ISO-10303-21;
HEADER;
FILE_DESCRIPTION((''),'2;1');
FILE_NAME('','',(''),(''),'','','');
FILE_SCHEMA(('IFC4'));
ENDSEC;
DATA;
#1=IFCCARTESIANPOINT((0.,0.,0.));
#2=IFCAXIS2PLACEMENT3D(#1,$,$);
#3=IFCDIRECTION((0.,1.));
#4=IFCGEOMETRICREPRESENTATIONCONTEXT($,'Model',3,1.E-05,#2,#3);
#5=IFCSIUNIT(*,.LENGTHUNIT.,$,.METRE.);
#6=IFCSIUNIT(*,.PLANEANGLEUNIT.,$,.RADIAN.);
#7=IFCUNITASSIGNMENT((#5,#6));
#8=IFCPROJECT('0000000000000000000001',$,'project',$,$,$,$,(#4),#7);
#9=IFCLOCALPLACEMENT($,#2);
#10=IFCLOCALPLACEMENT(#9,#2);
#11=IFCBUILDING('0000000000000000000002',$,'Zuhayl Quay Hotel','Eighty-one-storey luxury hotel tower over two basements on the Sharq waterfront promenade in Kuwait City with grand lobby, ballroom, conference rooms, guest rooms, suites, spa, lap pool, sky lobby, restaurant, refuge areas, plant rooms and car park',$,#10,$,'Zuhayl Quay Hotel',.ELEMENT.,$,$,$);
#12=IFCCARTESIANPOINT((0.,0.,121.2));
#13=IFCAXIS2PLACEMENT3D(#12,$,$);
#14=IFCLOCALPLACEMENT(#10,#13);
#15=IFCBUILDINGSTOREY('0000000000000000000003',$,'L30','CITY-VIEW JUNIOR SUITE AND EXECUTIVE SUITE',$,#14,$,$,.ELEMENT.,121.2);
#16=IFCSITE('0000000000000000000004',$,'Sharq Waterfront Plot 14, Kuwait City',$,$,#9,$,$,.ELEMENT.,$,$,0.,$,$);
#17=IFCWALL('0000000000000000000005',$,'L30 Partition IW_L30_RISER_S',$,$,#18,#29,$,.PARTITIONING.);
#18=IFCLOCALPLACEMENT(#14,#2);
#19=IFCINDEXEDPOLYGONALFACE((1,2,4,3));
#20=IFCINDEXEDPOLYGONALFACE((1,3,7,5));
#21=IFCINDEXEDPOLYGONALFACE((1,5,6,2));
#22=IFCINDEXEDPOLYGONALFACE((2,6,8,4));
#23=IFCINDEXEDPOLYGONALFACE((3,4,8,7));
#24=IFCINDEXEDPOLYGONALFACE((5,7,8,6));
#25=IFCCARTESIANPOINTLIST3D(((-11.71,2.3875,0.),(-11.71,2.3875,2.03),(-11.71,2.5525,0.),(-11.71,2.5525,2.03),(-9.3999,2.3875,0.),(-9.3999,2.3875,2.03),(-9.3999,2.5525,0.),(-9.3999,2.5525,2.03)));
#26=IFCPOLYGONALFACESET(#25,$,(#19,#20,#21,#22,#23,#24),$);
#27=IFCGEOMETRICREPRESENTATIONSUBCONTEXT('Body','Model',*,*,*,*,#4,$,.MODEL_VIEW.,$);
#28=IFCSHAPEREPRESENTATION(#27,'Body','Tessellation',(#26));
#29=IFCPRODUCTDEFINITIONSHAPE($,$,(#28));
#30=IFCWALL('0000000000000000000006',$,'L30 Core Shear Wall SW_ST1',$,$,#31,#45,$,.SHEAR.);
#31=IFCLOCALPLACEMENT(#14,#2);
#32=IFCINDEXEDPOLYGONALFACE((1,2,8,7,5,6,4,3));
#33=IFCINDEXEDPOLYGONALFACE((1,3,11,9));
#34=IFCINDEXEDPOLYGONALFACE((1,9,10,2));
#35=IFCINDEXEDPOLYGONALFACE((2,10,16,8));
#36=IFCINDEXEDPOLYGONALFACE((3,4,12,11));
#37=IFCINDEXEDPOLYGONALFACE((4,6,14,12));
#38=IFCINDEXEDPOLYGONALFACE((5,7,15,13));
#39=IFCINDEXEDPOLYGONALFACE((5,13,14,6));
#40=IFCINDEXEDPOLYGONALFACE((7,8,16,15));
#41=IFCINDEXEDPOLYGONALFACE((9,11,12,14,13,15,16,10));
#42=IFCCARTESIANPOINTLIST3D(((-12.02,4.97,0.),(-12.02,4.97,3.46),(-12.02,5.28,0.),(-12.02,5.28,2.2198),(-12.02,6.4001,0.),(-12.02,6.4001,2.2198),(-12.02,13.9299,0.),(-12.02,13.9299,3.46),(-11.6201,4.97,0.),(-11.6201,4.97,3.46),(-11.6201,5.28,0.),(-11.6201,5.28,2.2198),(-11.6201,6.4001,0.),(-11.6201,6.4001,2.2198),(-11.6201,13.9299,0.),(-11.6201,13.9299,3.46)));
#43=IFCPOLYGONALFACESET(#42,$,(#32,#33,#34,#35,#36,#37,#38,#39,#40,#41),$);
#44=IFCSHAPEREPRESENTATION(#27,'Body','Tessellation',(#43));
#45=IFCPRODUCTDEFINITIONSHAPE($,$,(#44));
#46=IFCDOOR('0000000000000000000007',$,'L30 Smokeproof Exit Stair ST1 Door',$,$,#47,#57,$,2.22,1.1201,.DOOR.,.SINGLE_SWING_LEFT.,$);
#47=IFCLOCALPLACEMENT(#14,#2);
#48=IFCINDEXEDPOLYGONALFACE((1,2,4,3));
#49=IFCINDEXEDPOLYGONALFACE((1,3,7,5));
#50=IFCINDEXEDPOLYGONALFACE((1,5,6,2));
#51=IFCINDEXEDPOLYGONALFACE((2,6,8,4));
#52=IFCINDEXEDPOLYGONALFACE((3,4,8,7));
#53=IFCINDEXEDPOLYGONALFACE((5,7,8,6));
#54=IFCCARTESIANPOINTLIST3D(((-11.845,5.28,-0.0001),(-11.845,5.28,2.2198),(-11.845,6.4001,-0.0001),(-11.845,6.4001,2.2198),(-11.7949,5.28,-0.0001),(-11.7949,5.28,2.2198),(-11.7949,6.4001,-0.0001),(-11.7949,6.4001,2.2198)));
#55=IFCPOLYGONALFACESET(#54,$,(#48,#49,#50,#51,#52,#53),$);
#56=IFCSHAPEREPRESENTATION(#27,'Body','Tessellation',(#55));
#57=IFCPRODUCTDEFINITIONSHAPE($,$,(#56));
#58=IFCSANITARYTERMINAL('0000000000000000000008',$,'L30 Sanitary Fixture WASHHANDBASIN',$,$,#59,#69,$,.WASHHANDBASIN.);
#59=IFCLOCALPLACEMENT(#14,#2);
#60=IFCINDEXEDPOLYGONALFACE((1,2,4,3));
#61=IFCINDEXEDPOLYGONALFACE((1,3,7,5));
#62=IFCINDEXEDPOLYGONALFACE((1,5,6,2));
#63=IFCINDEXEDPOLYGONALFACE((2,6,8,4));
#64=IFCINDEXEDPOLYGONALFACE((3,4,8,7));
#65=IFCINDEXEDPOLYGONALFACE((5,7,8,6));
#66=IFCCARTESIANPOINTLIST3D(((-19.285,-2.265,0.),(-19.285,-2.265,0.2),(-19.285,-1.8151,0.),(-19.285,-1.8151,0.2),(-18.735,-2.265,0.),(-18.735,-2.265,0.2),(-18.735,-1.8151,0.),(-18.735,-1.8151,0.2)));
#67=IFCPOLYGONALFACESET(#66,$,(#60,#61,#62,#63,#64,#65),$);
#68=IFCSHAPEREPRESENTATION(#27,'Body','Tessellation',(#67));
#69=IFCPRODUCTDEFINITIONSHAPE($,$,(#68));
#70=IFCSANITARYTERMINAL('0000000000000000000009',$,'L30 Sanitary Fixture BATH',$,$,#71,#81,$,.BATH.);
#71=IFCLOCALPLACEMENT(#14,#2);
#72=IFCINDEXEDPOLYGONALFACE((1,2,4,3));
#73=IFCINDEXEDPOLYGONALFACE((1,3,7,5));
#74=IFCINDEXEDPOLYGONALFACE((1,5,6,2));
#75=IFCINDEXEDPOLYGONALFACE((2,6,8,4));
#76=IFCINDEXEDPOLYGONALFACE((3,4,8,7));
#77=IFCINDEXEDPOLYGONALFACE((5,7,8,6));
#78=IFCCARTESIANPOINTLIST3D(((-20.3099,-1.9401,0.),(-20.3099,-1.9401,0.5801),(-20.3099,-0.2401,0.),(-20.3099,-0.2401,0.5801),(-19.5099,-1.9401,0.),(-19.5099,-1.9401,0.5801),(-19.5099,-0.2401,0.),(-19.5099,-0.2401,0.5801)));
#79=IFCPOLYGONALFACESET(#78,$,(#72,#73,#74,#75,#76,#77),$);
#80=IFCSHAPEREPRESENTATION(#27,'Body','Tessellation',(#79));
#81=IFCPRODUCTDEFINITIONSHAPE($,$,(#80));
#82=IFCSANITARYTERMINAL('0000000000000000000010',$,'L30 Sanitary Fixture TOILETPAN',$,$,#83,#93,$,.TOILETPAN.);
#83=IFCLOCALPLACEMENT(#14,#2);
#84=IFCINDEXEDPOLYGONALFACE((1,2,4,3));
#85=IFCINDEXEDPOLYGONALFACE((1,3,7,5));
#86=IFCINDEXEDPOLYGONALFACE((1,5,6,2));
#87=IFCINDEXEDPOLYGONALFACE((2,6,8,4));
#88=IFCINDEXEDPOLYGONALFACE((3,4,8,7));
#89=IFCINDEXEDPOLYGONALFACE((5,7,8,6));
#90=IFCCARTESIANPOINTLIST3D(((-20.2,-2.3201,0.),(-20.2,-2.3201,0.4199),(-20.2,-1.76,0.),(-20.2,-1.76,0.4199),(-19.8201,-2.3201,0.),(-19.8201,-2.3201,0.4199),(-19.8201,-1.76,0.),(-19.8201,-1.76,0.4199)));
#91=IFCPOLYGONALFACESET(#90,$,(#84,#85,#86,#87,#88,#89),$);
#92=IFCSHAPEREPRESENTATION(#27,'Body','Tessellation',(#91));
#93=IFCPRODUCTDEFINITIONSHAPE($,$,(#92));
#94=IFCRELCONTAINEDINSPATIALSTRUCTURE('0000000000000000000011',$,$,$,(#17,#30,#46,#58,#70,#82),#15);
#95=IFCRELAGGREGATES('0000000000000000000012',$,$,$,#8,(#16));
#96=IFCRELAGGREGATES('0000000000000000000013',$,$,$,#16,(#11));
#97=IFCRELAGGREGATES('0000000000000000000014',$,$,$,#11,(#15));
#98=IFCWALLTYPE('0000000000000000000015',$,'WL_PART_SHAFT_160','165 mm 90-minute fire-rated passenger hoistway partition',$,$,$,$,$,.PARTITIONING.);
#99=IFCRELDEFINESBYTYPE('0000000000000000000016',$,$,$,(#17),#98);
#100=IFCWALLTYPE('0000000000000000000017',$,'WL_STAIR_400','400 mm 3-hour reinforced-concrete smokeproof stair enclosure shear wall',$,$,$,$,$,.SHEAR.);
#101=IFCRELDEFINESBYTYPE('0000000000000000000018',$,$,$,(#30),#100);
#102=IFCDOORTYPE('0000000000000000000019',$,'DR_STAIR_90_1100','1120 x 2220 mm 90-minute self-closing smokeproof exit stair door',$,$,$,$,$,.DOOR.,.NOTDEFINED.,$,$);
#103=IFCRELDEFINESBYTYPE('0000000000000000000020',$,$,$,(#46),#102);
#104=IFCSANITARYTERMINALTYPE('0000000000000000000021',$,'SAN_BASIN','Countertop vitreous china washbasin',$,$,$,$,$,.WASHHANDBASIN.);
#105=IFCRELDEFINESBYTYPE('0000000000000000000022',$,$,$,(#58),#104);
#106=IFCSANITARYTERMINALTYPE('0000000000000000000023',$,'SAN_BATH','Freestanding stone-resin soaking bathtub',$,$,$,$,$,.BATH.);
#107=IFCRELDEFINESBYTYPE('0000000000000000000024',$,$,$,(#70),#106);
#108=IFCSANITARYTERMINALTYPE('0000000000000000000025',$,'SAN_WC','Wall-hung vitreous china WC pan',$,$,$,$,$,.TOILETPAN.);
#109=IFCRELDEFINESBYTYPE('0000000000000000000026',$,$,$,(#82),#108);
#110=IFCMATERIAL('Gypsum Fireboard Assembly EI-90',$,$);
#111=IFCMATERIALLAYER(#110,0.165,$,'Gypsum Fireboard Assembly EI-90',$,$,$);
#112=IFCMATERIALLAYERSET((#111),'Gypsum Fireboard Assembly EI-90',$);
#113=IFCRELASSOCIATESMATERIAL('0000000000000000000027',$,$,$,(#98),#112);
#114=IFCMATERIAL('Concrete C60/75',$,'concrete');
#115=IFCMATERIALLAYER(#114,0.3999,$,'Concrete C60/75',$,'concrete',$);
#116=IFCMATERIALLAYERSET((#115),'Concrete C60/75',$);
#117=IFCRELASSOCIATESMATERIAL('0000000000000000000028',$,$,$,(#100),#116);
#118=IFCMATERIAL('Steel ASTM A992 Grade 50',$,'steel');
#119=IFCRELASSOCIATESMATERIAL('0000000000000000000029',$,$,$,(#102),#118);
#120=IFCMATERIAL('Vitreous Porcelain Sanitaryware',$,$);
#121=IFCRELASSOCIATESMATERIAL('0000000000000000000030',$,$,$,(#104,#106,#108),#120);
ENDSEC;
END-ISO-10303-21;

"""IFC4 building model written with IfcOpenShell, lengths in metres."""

from ifc_helpers import new_model, si_unit, direction, frame, frame_2d, origin, origin_2d, place, context, subcontext, project, spatial, rectangle, extrude, material, layer, layer_set, type_object, element, fill, save


model = new_model("IFC4")

# Units and contexts
model_context = context("Model", 3, precision=1e-05, world=origin(), true_north=direction((0.0, 1.0)))
body_context = subcontext(model_context, "Body", "Model", "MODEL_VIEW")
ifc_project = project(units=[si_unit("LENGTHUNIT", "METRE"), si_unit("PLANEANGLEUNIT", "RADIAN")], contexts=[model_context])

# Site, building, storey
site_placement = place(None, origin())
site = spatial("IfcSite", under=ifc_project, at=site_placement, Name="Sharq Waterfront Plot 14, Kuwait City", CompositionType="ELEMENT", RefElevation=0.0)
building_placement = place(site_placement, origin())
building = spatial("IfcBuilding", under=site, at=building_placement, Name="Zuhayl Quay Hotel", Description="Eighty-one-storey luxury hotel tower over two basements on the Sharq waterfront promenade in Kuwait City with grand lobby, ballroom, conference rooms, guest rooms, suites, spa, lap pool, sky lobby, restaurant, refuge areas, plant rooms and car park", LongName="Zuhayl Quay Hotel", CompositionType="ELEMENT")
storey_placement = place(building_placement, frame((0.0, 0.0, 121.2)))
storey = spatial("IfcBuildingStorey", under=building, at=storey_placement, Name="L30", Description="CITY-VIEW JUNIOR SUITE AND EXECUTIVE SUITE", CompositionType="ELEMENT", Elevation=121.2)

# Shared definitions
ifc_material_1 = material(Name="Steel ASTM A992 Grade 50", Category="steel")
ifc_material_2 = material(Name="Concrete C60/75", Category="concrete")

# Wall
ifc_material_3 = material(Name="Gypsum Fireboard Assembly EI-90")
ifc_layer_1 = layer(ifc_material_3, 0.165, Name="Gypsum Fireboard Assembly EI-90")
ifc_layer_set_1 = layer_set([ifc_layer_1], Name="Gypsum Fireboard Assembly EI-90")
wall_type_1 = type_object("IfcWallType", Name="WL_PART_SHAFT_160", Description="165 mm 90-minute fire-rated passenger hoistway partition", PredefinedType="PARTITIONING", material=ifc_layer_set_1)
wall_1_placement = place(storey_placement, frame((-11.71, 2.47, 0.0), z_axis=(0.0, 0.0, 1.0), x_axis=(1.0, 0.0, 0.0)))
element("IfcWall", 1, at=wall_1_placement, inside=storey, type_object=wall_type_1, Name="L30 Partition IW_L30_RISER_S", PredefinedType="PARTITIONING", context=body_context, shape_type="SweptSolid", body=[
    extrude(rectangle(XDim=2.3101, YDim=0.165, at=frame_2d((1.155, 0.0))), origin(), (0.0, 0.0, 1.0), 2.03),
])

# Wall, opening, door
ifc_layer_2 = layer(ifc_material_2, 0.3999, Name="Concrete C60/75", Category="concrete")
ifc_layer_set_2 = layer_set([ifc_layer_2], Name="Concrete C60/75")
wall_type_2 = type_object("IfcWallType", Name="WL_STAIR_400", Description="400 mm 3-hour reinforced-concrete smokeproof stair enclosure shear wall", PredefinedType="SHEAR", material=ifc_layer_set_2)
wall_2_placement = place(storey_placement, frame((-11.8201, 4.97, 0.0), z_axis=(0.0, 0.0, 1.0), x_axis=(0.0, 1.0, 0.0)))
wall_2 = element("IfcWall", 2, at=wall_2_placement, inside=storey, type_object=wall_type_2, Name="L30 Core Shear Wall SW_ST1", PredefinedType="SHEAR", context=body_context, shape_type="SweptSolid", body=[
    extrude(rectangle(XDim=8.96, YDim=0.3999, at=frame_2d((4.48, 0.0))), origin(), (0.0, 0.0, 1.0), 3.46),
])
opening_1_placement = place(wall_2_placement, frame((0.3101, 0.0, 0.0)))
opening_1 = element("IfcOpeningElement", 3, at=opening_1_placement, cuts=wall_2, PredefinedType="OPENING", context=body_context, shape_type="SweptSolid", body=[
    extrude(rectangle(XDim=1.1201, YDim=2.22, at=frame_2d((0.5601, 1.1099))), frame((0.0, 0.21, 0.0), z_axis=(0.0, -1.0, 0.0), x_axis=(1.0, 0.0, 0.0)), (0.0, 0.0, 1.0), 0.4199),
])
door_type_1 = type_object("IfcDoorType", Name="DR_STAIR_90_1100", Description="1120 x 2220 mm 90-minute self-closing smokeproof exit stair door", OperationType="NOTDEFINED", PredefinedType="DOOR", material=ifc_material_1)
door_1_placement = place(opening_1_placement, origin())
door_1 = element("IfcDoor", 4, at=door_1_placement, inside=storey, type_object=door_type_1, Name="L30 Smokeproof Exit Stair ST1 Door", OperationType="SINGLE_SWING_LEFT", OverallHeight=2.22, OverallWidth=1.1201, PredefinedType="DOOR", context=body_context, shape_type="SweptSolid", body=[
    extrude(rectangle(XDim=1.1201, YDim=2.22, at=frame_2d((0.5601, 1.1099))), frame((0.0, 0.0249, 0.0), z_axis=(0.0, -1.0, 0.0), x_axis=(1.0, 0.0, 0.0)), (0.0, 0.0, 1.0), 0.05),
])
fill(opening_1, door_1)

# Sanitary terminals
ifc_material_4 = material(Name="Vitreous Porcelain Sanitaryware")
sanitary_terminal_type_1 = type_object("IfcSanitaryTerminalType", Name="SAN_BASIN", Description="Countertop vitreous china washbasin", PredefinedType="WASHHANDBASIN", material=ifc_material_4)
sanitary_terminal_1_placement = place(storey_placement, frame((-19.01, -2.04, 0.0), z_axis=(0.0, 0.0, 1.0), x_axis=(1.0, 0.0, 0.0)))
element("IfcSanitaryTerminal", 5, at=sanitary_terminal_1_placement, inside=storey, type_object=sanitary_terminal_type_1, Name="L30 Sanitary Fixture WASHHANDBASIN", PredefinedType="WASHHANDBASIN", context=body_context, shape_type="SweptSolid", body=[
    extrude(rectangle(XDim=0.55, YDim=0.45, at=origin_2d()), origin(), (0.0, 0.0, 1.0), 0.2),
])
sanitary_terminal_type_2 = type_object("IfcSanitaryTerminalType", Name="SAN_BATH", Description="Freestanding stone-resin soaking bathtub", PredefinedType="BATH", material=ifc_material_4)
sanitary_terminal_2_placement = place(storey_placement, frame((-19.9099, -1.0901, 0.0), z_axis=(0.0, 0.0, 1.0), x_axis=(1.0, 0.0, 0.0)))
element("IfcSanitaryTerminal", 6, at=sanitary_terminal_2_placement, inside=storey, type_object=sanitary_terminal_type_2, Name="L30 Sanitary Fixture BATH", PredefinedType="BATH", context=body_context, shape_type="SweptSolid", body=[
    extrude(rectangle(XDim=0.8, YDim=1.7, at=origin_2d()), origin(), (0.0, 0.0, 1.0), 0.5801),
])
sanitary_terminal_type_3 = type_object("IfcSanitaryTerminalType", Name="SAN_WC", Description="Wall-hung vitreous china WC pan", PredefinedType="TOILETPAN", material=ifc_material_4)
sanitary_terminal_3_placement = place(storey_placement, frame((-20.01, -2.04, 0.0), z_axis=(0.0, 0.0, 1.0), x_axis=(1.0, 0.0, 0.0)))
element("IfcSanitaryTerminal", 7, at=sanitary_terminal_3_placement, inside=storey, type_object=sanitary_terminal_type_3, Name="L30 Sanitary Fixture TOILETPAN", PredefinedType="TOILETPAN", context=body_context, shape_type="SweptSolid", body=[
    extrude(rectangle(XDim=0.3799, YDim=0.5601, at=origin_2d()), origin(), (0.0, 0.0, 1.0), 0.4199),
])

save(model, "model.ifc")
